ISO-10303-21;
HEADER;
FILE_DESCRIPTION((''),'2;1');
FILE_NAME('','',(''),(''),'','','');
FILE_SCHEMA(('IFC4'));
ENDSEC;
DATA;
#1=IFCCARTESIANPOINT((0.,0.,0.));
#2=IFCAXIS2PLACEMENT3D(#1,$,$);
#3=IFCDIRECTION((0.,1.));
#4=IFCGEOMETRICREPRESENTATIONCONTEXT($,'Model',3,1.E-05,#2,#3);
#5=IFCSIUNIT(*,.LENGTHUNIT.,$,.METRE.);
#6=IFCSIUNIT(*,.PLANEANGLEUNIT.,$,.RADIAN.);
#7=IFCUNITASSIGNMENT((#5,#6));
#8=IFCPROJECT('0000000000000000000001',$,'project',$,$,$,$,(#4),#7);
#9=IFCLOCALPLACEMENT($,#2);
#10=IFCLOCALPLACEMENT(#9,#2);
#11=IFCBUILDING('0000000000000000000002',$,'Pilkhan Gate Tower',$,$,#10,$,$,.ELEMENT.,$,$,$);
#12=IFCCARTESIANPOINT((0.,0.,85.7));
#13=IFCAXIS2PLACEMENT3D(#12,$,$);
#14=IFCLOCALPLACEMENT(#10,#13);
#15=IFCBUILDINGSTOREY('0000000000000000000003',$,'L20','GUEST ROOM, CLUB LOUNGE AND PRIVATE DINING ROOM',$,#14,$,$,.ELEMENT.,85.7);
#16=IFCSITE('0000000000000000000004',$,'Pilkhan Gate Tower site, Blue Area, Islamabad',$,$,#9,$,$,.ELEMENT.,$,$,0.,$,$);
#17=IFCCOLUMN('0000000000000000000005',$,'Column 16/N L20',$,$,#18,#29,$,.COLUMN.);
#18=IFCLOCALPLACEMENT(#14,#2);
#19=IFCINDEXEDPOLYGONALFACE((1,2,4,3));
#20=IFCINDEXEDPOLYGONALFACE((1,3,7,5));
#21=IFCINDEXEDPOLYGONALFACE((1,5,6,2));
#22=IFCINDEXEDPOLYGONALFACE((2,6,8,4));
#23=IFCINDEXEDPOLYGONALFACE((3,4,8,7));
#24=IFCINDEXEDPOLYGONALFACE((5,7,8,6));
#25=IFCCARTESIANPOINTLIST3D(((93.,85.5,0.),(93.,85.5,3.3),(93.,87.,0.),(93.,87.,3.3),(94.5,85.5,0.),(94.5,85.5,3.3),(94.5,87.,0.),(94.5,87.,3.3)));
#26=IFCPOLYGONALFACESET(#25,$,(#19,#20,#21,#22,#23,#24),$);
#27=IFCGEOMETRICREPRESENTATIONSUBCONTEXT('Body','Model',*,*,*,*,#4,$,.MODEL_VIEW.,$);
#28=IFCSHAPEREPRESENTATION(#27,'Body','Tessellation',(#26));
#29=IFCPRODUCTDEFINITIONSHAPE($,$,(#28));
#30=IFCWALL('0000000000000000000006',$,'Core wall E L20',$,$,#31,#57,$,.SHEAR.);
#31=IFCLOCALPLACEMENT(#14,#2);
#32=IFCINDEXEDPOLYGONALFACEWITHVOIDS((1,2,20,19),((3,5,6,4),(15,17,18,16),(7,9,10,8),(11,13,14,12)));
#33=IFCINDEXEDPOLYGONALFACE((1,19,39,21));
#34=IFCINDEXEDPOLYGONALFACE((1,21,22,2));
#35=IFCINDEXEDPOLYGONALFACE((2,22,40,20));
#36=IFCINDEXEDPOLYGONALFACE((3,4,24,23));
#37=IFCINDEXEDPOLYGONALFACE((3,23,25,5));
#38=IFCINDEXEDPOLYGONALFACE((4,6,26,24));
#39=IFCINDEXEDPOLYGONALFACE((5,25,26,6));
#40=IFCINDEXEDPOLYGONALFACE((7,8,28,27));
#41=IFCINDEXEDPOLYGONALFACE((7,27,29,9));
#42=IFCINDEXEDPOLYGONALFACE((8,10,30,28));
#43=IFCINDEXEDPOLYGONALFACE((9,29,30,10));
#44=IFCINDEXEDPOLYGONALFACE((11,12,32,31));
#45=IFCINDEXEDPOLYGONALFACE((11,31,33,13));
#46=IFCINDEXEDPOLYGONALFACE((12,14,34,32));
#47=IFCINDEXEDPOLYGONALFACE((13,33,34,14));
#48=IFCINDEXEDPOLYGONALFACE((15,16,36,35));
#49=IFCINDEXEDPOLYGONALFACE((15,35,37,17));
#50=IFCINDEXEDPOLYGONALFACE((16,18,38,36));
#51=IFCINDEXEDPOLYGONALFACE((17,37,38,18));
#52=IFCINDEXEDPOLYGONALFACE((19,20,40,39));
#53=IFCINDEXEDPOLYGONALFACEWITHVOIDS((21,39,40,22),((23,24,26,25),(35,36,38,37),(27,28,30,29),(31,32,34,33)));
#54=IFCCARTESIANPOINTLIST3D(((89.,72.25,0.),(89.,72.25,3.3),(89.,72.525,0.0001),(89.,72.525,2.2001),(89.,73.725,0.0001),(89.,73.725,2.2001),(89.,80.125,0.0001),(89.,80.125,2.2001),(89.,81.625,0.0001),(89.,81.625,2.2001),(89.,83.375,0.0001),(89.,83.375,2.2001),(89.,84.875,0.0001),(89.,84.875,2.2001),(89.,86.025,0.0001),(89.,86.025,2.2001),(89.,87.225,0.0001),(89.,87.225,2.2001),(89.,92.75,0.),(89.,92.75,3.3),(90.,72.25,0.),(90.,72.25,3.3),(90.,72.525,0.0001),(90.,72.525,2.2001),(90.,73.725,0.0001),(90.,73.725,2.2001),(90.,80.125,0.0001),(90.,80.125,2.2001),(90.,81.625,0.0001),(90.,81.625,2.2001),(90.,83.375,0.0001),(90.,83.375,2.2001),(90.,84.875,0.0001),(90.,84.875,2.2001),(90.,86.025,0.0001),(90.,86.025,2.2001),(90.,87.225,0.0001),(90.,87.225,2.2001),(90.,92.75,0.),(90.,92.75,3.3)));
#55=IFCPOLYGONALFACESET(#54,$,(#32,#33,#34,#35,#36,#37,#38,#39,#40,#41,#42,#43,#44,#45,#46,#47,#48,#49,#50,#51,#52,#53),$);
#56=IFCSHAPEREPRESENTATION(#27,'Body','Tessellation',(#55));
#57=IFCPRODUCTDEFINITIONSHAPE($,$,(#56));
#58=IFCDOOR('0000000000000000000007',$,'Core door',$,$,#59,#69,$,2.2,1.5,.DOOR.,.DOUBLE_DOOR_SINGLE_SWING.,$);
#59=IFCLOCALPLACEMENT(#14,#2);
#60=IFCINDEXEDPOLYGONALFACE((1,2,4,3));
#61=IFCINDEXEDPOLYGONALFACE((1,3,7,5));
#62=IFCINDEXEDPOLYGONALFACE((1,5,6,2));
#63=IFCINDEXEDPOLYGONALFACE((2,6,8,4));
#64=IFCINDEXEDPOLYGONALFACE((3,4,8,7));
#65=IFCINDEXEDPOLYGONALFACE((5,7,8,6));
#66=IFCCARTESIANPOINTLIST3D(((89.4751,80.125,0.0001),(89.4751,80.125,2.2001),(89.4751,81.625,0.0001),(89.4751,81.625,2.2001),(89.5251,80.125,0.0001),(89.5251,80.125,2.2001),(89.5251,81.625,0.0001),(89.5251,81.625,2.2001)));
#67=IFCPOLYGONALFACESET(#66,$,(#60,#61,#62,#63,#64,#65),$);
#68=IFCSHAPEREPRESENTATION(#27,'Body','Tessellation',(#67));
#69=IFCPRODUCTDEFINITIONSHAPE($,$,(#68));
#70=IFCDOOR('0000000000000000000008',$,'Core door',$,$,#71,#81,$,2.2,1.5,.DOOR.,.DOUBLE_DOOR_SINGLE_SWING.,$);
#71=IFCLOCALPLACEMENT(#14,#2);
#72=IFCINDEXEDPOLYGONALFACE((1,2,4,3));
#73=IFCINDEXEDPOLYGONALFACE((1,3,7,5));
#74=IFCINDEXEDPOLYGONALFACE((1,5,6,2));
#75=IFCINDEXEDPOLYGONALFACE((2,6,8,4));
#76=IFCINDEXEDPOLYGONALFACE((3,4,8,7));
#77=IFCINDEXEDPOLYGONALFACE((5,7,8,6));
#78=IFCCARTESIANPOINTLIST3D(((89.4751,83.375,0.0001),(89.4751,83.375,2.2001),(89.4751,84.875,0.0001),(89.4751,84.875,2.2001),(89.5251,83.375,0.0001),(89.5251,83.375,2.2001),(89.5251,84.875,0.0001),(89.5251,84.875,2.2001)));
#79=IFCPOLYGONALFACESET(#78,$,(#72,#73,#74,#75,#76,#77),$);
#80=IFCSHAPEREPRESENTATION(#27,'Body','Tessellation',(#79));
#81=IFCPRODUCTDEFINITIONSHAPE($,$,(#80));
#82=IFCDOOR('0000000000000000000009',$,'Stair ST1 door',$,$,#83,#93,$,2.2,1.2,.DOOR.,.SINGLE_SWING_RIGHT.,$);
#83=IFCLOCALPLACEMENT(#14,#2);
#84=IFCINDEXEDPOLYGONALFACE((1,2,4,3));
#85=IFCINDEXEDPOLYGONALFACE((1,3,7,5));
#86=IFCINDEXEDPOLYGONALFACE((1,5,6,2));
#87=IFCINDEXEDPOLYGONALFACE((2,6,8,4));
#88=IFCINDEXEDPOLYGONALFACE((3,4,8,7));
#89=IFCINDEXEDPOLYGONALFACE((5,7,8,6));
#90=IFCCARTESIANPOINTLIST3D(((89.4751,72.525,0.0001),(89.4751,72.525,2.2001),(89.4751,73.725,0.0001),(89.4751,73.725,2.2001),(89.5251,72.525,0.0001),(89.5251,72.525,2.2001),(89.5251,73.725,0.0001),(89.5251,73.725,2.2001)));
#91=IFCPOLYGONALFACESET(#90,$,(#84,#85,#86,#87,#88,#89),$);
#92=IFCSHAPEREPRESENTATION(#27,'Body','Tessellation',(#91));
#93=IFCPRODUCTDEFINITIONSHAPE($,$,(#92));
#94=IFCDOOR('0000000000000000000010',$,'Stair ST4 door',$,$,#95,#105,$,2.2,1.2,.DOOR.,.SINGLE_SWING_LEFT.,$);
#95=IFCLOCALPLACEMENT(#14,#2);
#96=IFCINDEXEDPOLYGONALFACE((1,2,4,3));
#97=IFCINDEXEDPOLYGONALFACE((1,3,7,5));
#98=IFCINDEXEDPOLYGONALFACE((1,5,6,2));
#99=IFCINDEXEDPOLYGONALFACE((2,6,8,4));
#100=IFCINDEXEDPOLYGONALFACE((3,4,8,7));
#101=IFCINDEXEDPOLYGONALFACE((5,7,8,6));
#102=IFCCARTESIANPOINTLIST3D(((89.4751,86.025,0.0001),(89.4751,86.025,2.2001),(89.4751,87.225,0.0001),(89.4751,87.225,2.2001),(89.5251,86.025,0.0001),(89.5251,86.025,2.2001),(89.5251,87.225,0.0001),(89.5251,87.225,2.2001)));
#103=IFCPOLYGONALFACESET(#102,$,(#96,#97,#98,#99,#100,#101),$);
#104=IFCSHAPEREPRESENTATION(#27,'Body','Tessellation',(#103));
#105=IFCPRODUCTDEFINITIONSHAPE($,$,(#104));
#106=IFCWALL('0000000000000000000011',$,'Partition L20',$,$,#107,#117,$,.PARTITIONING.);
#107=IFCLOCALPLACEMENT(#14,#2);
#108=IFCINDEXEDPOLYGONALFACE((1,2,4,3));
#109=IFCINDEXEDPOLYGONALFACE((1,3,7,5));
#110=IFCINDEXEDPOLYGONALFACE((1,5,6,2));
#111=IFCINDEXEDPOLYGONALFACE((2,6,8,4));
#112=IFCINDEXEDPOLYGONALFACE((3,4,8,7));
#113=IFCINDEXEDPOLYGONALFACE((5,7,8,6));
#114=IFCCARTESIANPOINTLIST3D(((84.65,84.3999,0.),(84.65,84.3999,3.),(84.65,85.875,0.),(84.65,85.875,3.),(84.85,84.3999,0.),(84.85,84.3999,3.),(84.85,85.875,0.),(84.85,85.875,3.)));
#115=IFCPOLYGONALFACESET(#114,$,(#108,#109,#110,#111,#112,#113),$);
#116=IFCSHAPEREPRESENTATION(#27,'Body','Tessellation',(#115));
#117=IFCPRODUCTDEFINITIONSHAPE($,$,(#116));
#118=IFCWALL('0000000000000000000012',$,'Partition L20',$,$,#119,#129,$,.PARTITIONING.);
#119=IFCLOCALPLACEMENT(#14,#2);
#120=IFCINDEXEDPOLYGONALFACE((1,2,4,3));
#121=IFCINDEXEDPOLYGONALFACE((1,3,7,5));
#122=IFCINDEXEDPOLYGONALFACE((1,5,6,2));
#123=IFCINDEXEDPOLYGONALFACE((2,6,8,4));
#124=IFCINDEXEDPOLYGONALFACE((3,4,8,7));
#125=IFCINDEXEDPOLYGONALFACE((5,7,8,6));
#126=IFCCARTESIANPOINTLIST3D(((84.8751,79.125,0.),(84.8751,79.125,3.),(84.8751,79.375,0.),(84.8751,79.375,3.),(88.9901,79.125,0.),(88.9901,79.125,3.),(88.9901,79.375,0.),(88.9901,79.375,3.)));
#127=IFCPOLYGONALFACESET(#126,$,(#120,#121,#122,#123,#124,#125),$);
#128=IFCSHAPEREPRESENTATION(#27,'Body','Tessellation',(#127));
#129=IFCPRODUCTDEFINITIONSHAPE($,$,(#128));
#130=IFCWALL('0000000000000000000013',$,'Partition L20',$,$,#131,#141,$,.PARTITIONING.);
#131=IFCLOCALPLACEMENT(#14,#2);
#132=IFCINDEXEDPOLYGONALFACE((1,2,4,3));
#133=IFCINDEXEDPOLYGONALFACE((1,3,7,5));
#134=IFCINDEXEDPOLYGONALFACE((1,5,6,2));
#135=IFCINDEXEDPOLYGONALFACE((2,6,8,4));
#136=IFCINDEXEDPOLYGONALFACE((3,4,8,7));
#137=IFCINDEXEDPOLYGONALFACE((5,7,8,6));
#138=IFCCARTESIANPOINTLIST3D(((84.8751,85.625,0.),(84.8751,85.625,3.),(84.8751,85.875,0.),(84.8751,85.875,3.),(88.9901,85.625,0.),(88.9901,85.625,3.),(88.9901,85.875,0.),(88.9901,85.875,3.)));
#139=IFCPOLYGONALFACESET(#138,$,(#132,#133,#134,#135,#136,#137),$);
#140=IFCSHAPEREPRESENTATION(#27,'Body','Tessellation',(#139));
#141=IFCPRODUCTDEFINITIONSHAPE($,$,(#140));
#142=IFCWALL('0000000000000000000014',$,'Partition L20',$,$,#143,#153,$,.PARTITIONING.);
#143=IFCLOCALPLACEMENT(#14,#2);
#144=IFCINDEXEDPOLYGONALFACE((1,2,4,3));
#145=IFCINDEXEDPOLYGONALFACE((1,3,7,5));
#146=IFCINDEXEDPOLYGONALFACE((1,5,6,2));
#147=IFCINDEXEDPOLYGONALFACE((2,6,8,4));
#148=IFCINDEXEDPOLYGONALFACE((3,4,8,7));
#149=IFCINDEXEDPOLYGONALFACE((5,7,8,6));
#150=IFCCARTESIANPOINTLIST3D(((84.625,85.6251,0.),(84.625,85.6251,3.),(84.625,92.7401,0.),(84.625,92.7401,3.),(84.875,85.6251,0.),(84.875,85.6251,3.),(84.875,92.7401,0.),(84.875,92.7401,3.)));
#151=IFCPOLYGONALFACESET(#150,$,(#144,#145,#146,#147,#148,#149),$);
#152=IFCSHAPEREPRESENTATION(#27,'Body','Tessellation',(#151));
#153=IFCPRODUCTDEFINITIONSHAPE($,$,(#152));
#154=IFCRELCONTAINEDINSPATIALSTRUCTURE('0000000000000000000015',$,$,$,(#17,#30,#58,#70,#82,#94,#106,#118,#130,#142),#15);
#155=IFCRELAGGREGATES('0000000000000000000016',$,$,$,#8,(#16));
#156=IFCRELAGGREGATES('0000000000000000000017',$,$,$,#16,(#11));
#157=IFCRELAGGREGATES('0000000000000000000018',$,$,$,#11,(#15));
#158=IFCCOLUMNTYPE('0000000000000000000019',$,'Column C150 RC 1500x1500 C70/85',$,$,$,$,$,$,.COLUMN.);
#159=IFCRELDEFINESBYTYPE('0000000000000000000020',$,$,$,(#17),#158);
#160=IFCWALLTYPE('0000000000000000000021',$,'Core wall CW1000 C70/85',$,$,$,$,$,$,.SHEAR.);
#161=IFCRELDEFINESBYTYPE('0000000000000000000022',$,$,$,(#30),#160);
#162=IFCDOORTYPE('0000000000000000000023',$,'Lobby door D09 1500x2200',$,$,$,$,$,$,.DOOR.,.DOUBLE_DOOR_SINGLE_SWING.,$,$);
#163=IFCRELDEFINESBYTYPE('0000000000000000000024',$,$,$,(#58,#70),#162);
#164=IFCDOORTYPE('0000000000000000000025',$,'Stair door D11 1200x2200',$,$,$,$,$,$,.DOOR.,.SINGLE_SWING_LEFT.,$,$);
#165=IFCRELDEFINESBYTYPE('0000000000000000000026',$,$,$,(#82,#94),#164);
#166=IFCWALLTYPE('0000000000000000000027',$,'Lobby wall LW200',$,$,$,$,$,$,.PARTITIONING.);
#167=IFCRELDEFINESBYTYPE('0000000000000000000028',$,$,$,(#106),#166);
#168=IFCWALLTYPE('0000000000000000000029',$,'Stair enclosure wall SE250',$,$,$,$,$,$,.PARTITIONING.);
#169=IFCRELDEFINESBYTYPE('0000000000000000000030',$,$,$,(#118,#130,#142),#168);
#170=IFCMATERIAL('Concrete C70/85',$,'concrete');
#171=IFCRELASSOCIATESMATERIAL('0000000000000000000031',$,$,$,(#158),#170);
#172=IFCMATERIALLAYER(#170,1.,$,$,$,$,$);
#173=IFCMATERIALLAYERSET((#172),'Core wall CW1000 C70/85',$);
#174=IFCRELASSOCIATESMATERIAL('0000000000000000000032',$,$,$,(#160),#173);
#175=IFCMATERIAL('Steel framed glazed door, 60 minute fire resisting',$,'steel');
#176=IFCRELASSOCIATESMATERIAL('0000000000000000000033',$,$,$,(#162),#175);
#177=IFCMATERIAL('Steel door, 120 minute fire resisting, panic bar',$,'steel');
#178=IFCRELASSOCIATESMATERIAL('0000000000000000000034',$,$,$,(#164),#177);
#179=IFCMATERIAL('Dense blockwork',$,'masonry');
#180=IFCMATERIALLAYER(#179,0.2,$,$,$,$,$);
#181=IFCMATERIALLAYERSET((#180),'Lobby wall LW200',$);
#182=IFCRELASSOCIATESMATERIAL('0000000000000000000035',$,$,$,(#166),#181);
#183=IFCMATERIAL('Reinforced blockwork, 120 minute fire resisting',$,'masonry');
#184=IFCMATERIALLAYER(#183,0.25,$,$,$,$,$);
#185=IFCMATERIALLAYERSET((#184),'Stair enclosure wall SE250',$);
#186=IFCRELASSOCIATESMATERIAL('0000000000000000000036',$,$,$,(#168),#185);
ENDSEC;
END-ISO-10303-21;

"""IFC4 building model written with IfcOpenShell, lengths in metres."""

from ifc_helpers import new_model, si_unit, direction, frame, frame_2d, origin, origin_2d, place, context, subcontext, project, spatial, rectangle, extrude, material, layer, layer_set, material_profile, profile_set, type_object, element, fill, save


model = new_model("IFC4")

# Units and contexts
model_context = context("Model", 3, precision=1e-05, world=origin(), true_north=direction((0.0, 1.0)))
body_context = subcontext(model_context, "Body", "Model", "MODEL_VIEW")
ifc_project = project(units=[si_unit("LENGTHUNIT", "METRE"), si_unit("PLANEANGLEUNIT", "RADIAN")], contexts=[model_context])

# Site, building, storey
site_placement = place(None, origin())
site = spatial("IfcSite", under=ifc_project, at=site_placement, Name="Pilkhan Gate Tower site, Blue Area, Islamabad", CompositionType="ELEMENT", RefElevation=0.0)
building_placement = place(site_placement, origin())
building = spatial("IfcBuilding", under=site, at=building_placement, Name="Pilkhan Gate Tower", CompositionType="ELEMENT")
storey_placement = place(building_placement, frame((0.0, 0.0, 85.7)))
storey = spatial("IfcBuildingStorey", under=building, at=storey_placement, Name="L20", Description="GUEST ROOM, CLUB LOUNGE AND PRIVATE DINING ROOM", CompositionType="ELEMENT", Elevation=85.7)

# Column
ifc_material_1 = material(Name="Concrete C70/85", Category="concrete")
ifc_material_profile = material_profile(ifc_material_1, rectangle(XDim=1.5, YDim=1.5, at=origin_2d()), Name="RC 1500x1500")
ifc_profile_set = profile_set([ifc_material_profile], Name="Concrete C70/85")
column_type = type_object("IfcColumnType", Name="Column C150 RC 1500x1500 C70/85", PredefinedType="COLUMN", material=ifc_profile_set)
column_placement = place(storey_placement, frame((93.75, 86.25, 0.0), z_axis=(0.0, 0.0, 1.0), x_axis=(1.0, 0.0, 0.0)))
element("IfcColumn", 1, at=column_placement, inside=storey, type_object=column_type, Name="Column 16/N L20", PredefinedType="COLUMN", context=body_context, shape_type="SweptSolid", body=[
    extrude(rectangle(XDim=1.5, YDim=1.5, at=origin_2d()), origin(), (0.0, 0.0, 1.0), 3.3),
])

# Wall, openings, doors
ifc_layer_1 = layer(ifc_material_1, 1.0)
ifc_layer_set_1 = layer_set([ifc_layer_1], Name="Core wall CW1000 C70/85")
wall_type_1 = type_object("IfcWallType", Name="Core wall CW1000 C70/85", PredefinedType="SHEAR", material=ifc_layer_set_1)
wall_1_placement = place(storey_placement, frame((89.5, 72.25, 0.0), z_axis=(0.0, 0.0, 1.0), x_axis=(0.0, 1.0, 0.0)))
wall_1 = element("IfcWall", 2, at=wall_1_placement, inside=storey, type_object=wall_type_1, Name="Core wall E L20", PredefinedType="SHEAR", context=body_context, shape_type="SweptSolid", body=[
    extrude(rectangle(XDim=20.5, YDim=1.0, at=frame_2d((10.25, 0.0))), origin(), (0.0, 0.0, 1.0), 3.3),
])
opening_1_placement = place(wall_1_placement, frame((0.2749, 0.0, 0.0)))
opening_1 = element("IfcOpeningElement", 3, at=opening_1_placement, cuts=wall_1, PredefinedType="OPENING", context=body_context, shape_type="SweptSolid", body=[
    extrude(rectangle(XDim=1.2, YDim=2.2, at=frame_2d((0.6001, 1.1001))), frame((0.0, 0.51, 0.0), z_axis=(0.0, -1.0, 0.0), x_axis=(1.0, 0.0, 0.0)), (0.0, 0.0, 1.0), 1.02),
])
opening_2_placement = place(wall_1_placement, frame((13.7749, 0.0, 0.0)))
opening_2 = element("IfcOpeningElement", 4, at=opening_2_placement, cuts=wall_1, PredefinedType="OPENING", context=body_context, shape_type="SweptSolid", body=[
    extrude(rectangle(XDim=1.2, YDim=2.2, at=frame_2d((0.6001, 1.1001))), frame((0.0, 0.51, 0.0), z_axis=(0.0, -1.0, 0.0), x_axis=(1.0, 0.0, 0.0)), (0.0, 0.0, 1.0), 1.02),
])
opening_3_placement = place(wall_1_placement, frame((7.875, 0.0, 0.0)))
opening_3 = element("IfcOpeningElement", 5, at=opening_3_placement, cuts=wall_1, PredefinedType="OPENING", context=body_context, shape_type="SweptSolid", body=[
    extrude(rectangle(XDim=1.5, YDim=2.2, at=frame_2d((0.75, 1.1001))), frame((0.0, 0.51, 0.0), z_axis=(0.0, -1.0, 0.0), x_axis=(1.0, 0.0, 0.0)), (0.0, 0.0, 1.0), 1.02),
])
opening_4_placement = place(wall_1_placement, frame((11.125, 0.0, 0.0)))
opening_4 = element("IfcOpeningElement", 6, at=opening_4_placement, cuts=wall_1, PredefinedType="OPENING", context=body_context, shape_type="SweptSolid", body=[
    extrude(rectangle(XDim=1.5, YDim=2.2, at=frame_2d((0.75, 1.1001))), frame((0.0, 0.51, 0.0), z_axis=(0.0, -1.0, 0.0), x_axis=(1.0, 0.0, 0.0)), (0.0, 0.0, 1.0), 1.02),
])
ifc_material_2 = material(Name="Steel framed glazed door, 60 minute fire resisting", Category="steel")
door_type_1 = type_object("IfcDoorType", Name="Lobby door D09 1500x2200", OperationType="DOUBLE_DOOR_SINGLE_SWING", PredefinedType="DOOR", material=ifc_material_2)
door_1_placement = place(opening_3_placement, origin())
door_1 = element("IfcDoor", 7, at=door_1_placement, inside=storey, type_object=door_type_1, Name="Core door", OperationType="DOUBLE_DOOR_SINGLE_SWING", OverallHeight=2.2, OverallWidth=1.5, PredefinedType="DOOR", context=body_context, shape_type="SweptSolid", body=[
    extrude(rectangle(XDim=1.5, YDim=2.2, at=frame_2d((0.75, 1.1001))), frame((0.0, 0.0249, 0.0), z_axis=(0.0, -1.0, 0.0), x_axis=(1.0, 0.0, 0.0)), (0.0, 0.0, 1.0), 0.05),
])
fill(opening_3, door_1)
door_2_placement = place(opening_4_placement, origin())
door_2 = element("IfcDoor", 8, at=door_2_placement, inside=storey, type_object=door_type_1, Name="Core door", OperationType="DOUBLE_DOOR_SINGLE_SWING", OverallHeight=2.2, OverallWidth=1.5, PredefinedType="DOOR", context=body_context, shape_type="SweptSolid", body=[
    extrude(rectangle(XDim=1.5, YDim=2.2, at=frame_2d((0.75, 1.1001))), frame((0.0, 0.0249, 0.0), z_axis=(0.0, -1.0, 0.0), x_axis=(1.0, 0.0, 0.0)), (0.0, 0.0, 1.0), 0.05),
])
fill(opening_4, door_2)
ifc_material_3 = material(Name="Steel door, 120 minute fire resisting, panic bar", Category="steel")
door_type_2 = type_object("IfcDoorType", Name="Stair door D11 1200x2200", OperationType="SINGLE_SWING_LEFT", PredefinedType="DOOR", material=ifc_material_3)
door_3_placement = place(opening_1_placement, origin())
door_3 = element("IfcDoor", 9, at=door_3_placement, inside=storey, type_object=door_type_2, Name="Stair ST1 door", OperationType="SINGLE_SWING_RIGHT", OverallHeight=2.2, OverallWidth=1.2, PredefinedType="DOOR", context=body_context, shape_type="SweptSolid", body=[
    extrude(rectangle(XDim=1.2, YDim=2.2, at=frame_2d((0.6001, 1.1001))), frame((0.0, 0.0249, 0.0), z_axis=(0.0, -1.0, 0.0), x_axis=(1.0, 0.0, 0.0)), (0.0, 0.0, 1.0), 0.05),
])
fill(opening_1, door_3)
door_4_placement = place(opening_2_placement, origin())
door_4 = element("IfcDoor", 10, at=door_4_placement, inside=storey, type_object=door_type_2, Name="Stair ST4 door", OperationType="SINGLE_SWING_LEFT", OverallHeight=2.2, OverallWidth=1.2, PredefinedType="DOOR", context=body_context, shape_type="SweptSolid", body=[
    extrude(rectangle(XDim=1.2, YDim=2.2, at=frame_2d((0.6001, 1.1001))), frame((0.0, 0.0249, 0.0), z_axis=(0.0, -1.0, 0.0), x_axis=(1.0, 0.0, 0.0)), (0.0, 0.0, 1.0), 0.05),
])
fill(opening_2, door_4)

# Walls
ifc_material_4 = material(Name="Dense blockwork", Category="masonry")
ifc_layer_2 = layer(ifc_material_4, 0.2)
ifc_layer_set_2 = layer_set([ifc_layer_2], Name="Lobby wall LW200")
wall_type_2 = type_object("IfcWallType", Name="Lobby wall LW200", PredefinedType="PARTITIONING", material=ifc_layer_set_2)
wall_2_placement = place(storey_placement, frame((84.75, 84.3999, 0.0), z_axis=(0.0, 0.0, 1.0), x_axis=(0.0, 1.0, 0.0)))
element("IfcWall", 11, at=wall_2_placement, inside=storey, type_object=wall_type_2, Name="Partition L20", PredefinedType="PARTITIONING", context=body_context, shape_type="SweptSolid", body=[
    extrude(rectangle(XDim=1.4751, YDim=0.2, at=frame_2d((0.7375, 0.0))), origin(), (0.0, 0.0, 1.0), 3.0),
])
ifc_material_5 = material(Name="Reinforced blockwork, 120 minute fire resisting", Category="masonry")
ifc_layer_3 = layer(ifc_material_5, 0.25)
ifc_layer_set_3 = layer_set([ifc_layer_3], Name="Stair enclosure wall SE250")
wall_type_3 = type_object("IfcWallType", Name="Stair enclosure wall SE250", PredefinedType="PARTITIONING", material=ifc_layer_set_3)
for number, where, z_axis, x_axis, name in (
    (12, (84.875, 79.25, 0.0), (0.0, 0.0, 1.0), (1.0, 0.0, 0.0), "Partition L20"),
    (13, (84.875, 85.75, 0.0), (0.0, 0.0, 1.0), (1.0, 0.0, 0.0), "Partition L20"),
):
    element("IfcWall", number, at=place(storey_placement, frame(where, z_axis=z_axis, x_axis=x_axis)), inside=storey, type_object=wall_type_3, Name=name, PredefinedType="PARTITIONING", context=body_context, shape_type="SweptSolid", body=[
        extrude(rectangle(XDim=4.115, YDim=0.25, at=frame_2d((2.0576, 0.0))), origin(), (0.0, 0.0, 1.0), 3.0),
    ])
wall_3_placement = place(storey_placement, frame((84.75, 85.625, 0.0), z_axis=(0.0, 0.0, 1.0), x_axis=(0.0, 1.0, 0.0)))
element("IfcWall", 14, at=wall_3_placement, inside=storey, type_object=wall_type_3, Name="Partition L20", PredefinedType="PARTITIONING", context=body_context, shape_type="SweptSolid", body=[
    extrude(rectangle(XDim=7.115, YDim=0.25, at=frame_2d((3.5576, 0.0))), origin(), (0.0, 0.0, 1.0), 3.0),
])

save(model, "model.ifc")
